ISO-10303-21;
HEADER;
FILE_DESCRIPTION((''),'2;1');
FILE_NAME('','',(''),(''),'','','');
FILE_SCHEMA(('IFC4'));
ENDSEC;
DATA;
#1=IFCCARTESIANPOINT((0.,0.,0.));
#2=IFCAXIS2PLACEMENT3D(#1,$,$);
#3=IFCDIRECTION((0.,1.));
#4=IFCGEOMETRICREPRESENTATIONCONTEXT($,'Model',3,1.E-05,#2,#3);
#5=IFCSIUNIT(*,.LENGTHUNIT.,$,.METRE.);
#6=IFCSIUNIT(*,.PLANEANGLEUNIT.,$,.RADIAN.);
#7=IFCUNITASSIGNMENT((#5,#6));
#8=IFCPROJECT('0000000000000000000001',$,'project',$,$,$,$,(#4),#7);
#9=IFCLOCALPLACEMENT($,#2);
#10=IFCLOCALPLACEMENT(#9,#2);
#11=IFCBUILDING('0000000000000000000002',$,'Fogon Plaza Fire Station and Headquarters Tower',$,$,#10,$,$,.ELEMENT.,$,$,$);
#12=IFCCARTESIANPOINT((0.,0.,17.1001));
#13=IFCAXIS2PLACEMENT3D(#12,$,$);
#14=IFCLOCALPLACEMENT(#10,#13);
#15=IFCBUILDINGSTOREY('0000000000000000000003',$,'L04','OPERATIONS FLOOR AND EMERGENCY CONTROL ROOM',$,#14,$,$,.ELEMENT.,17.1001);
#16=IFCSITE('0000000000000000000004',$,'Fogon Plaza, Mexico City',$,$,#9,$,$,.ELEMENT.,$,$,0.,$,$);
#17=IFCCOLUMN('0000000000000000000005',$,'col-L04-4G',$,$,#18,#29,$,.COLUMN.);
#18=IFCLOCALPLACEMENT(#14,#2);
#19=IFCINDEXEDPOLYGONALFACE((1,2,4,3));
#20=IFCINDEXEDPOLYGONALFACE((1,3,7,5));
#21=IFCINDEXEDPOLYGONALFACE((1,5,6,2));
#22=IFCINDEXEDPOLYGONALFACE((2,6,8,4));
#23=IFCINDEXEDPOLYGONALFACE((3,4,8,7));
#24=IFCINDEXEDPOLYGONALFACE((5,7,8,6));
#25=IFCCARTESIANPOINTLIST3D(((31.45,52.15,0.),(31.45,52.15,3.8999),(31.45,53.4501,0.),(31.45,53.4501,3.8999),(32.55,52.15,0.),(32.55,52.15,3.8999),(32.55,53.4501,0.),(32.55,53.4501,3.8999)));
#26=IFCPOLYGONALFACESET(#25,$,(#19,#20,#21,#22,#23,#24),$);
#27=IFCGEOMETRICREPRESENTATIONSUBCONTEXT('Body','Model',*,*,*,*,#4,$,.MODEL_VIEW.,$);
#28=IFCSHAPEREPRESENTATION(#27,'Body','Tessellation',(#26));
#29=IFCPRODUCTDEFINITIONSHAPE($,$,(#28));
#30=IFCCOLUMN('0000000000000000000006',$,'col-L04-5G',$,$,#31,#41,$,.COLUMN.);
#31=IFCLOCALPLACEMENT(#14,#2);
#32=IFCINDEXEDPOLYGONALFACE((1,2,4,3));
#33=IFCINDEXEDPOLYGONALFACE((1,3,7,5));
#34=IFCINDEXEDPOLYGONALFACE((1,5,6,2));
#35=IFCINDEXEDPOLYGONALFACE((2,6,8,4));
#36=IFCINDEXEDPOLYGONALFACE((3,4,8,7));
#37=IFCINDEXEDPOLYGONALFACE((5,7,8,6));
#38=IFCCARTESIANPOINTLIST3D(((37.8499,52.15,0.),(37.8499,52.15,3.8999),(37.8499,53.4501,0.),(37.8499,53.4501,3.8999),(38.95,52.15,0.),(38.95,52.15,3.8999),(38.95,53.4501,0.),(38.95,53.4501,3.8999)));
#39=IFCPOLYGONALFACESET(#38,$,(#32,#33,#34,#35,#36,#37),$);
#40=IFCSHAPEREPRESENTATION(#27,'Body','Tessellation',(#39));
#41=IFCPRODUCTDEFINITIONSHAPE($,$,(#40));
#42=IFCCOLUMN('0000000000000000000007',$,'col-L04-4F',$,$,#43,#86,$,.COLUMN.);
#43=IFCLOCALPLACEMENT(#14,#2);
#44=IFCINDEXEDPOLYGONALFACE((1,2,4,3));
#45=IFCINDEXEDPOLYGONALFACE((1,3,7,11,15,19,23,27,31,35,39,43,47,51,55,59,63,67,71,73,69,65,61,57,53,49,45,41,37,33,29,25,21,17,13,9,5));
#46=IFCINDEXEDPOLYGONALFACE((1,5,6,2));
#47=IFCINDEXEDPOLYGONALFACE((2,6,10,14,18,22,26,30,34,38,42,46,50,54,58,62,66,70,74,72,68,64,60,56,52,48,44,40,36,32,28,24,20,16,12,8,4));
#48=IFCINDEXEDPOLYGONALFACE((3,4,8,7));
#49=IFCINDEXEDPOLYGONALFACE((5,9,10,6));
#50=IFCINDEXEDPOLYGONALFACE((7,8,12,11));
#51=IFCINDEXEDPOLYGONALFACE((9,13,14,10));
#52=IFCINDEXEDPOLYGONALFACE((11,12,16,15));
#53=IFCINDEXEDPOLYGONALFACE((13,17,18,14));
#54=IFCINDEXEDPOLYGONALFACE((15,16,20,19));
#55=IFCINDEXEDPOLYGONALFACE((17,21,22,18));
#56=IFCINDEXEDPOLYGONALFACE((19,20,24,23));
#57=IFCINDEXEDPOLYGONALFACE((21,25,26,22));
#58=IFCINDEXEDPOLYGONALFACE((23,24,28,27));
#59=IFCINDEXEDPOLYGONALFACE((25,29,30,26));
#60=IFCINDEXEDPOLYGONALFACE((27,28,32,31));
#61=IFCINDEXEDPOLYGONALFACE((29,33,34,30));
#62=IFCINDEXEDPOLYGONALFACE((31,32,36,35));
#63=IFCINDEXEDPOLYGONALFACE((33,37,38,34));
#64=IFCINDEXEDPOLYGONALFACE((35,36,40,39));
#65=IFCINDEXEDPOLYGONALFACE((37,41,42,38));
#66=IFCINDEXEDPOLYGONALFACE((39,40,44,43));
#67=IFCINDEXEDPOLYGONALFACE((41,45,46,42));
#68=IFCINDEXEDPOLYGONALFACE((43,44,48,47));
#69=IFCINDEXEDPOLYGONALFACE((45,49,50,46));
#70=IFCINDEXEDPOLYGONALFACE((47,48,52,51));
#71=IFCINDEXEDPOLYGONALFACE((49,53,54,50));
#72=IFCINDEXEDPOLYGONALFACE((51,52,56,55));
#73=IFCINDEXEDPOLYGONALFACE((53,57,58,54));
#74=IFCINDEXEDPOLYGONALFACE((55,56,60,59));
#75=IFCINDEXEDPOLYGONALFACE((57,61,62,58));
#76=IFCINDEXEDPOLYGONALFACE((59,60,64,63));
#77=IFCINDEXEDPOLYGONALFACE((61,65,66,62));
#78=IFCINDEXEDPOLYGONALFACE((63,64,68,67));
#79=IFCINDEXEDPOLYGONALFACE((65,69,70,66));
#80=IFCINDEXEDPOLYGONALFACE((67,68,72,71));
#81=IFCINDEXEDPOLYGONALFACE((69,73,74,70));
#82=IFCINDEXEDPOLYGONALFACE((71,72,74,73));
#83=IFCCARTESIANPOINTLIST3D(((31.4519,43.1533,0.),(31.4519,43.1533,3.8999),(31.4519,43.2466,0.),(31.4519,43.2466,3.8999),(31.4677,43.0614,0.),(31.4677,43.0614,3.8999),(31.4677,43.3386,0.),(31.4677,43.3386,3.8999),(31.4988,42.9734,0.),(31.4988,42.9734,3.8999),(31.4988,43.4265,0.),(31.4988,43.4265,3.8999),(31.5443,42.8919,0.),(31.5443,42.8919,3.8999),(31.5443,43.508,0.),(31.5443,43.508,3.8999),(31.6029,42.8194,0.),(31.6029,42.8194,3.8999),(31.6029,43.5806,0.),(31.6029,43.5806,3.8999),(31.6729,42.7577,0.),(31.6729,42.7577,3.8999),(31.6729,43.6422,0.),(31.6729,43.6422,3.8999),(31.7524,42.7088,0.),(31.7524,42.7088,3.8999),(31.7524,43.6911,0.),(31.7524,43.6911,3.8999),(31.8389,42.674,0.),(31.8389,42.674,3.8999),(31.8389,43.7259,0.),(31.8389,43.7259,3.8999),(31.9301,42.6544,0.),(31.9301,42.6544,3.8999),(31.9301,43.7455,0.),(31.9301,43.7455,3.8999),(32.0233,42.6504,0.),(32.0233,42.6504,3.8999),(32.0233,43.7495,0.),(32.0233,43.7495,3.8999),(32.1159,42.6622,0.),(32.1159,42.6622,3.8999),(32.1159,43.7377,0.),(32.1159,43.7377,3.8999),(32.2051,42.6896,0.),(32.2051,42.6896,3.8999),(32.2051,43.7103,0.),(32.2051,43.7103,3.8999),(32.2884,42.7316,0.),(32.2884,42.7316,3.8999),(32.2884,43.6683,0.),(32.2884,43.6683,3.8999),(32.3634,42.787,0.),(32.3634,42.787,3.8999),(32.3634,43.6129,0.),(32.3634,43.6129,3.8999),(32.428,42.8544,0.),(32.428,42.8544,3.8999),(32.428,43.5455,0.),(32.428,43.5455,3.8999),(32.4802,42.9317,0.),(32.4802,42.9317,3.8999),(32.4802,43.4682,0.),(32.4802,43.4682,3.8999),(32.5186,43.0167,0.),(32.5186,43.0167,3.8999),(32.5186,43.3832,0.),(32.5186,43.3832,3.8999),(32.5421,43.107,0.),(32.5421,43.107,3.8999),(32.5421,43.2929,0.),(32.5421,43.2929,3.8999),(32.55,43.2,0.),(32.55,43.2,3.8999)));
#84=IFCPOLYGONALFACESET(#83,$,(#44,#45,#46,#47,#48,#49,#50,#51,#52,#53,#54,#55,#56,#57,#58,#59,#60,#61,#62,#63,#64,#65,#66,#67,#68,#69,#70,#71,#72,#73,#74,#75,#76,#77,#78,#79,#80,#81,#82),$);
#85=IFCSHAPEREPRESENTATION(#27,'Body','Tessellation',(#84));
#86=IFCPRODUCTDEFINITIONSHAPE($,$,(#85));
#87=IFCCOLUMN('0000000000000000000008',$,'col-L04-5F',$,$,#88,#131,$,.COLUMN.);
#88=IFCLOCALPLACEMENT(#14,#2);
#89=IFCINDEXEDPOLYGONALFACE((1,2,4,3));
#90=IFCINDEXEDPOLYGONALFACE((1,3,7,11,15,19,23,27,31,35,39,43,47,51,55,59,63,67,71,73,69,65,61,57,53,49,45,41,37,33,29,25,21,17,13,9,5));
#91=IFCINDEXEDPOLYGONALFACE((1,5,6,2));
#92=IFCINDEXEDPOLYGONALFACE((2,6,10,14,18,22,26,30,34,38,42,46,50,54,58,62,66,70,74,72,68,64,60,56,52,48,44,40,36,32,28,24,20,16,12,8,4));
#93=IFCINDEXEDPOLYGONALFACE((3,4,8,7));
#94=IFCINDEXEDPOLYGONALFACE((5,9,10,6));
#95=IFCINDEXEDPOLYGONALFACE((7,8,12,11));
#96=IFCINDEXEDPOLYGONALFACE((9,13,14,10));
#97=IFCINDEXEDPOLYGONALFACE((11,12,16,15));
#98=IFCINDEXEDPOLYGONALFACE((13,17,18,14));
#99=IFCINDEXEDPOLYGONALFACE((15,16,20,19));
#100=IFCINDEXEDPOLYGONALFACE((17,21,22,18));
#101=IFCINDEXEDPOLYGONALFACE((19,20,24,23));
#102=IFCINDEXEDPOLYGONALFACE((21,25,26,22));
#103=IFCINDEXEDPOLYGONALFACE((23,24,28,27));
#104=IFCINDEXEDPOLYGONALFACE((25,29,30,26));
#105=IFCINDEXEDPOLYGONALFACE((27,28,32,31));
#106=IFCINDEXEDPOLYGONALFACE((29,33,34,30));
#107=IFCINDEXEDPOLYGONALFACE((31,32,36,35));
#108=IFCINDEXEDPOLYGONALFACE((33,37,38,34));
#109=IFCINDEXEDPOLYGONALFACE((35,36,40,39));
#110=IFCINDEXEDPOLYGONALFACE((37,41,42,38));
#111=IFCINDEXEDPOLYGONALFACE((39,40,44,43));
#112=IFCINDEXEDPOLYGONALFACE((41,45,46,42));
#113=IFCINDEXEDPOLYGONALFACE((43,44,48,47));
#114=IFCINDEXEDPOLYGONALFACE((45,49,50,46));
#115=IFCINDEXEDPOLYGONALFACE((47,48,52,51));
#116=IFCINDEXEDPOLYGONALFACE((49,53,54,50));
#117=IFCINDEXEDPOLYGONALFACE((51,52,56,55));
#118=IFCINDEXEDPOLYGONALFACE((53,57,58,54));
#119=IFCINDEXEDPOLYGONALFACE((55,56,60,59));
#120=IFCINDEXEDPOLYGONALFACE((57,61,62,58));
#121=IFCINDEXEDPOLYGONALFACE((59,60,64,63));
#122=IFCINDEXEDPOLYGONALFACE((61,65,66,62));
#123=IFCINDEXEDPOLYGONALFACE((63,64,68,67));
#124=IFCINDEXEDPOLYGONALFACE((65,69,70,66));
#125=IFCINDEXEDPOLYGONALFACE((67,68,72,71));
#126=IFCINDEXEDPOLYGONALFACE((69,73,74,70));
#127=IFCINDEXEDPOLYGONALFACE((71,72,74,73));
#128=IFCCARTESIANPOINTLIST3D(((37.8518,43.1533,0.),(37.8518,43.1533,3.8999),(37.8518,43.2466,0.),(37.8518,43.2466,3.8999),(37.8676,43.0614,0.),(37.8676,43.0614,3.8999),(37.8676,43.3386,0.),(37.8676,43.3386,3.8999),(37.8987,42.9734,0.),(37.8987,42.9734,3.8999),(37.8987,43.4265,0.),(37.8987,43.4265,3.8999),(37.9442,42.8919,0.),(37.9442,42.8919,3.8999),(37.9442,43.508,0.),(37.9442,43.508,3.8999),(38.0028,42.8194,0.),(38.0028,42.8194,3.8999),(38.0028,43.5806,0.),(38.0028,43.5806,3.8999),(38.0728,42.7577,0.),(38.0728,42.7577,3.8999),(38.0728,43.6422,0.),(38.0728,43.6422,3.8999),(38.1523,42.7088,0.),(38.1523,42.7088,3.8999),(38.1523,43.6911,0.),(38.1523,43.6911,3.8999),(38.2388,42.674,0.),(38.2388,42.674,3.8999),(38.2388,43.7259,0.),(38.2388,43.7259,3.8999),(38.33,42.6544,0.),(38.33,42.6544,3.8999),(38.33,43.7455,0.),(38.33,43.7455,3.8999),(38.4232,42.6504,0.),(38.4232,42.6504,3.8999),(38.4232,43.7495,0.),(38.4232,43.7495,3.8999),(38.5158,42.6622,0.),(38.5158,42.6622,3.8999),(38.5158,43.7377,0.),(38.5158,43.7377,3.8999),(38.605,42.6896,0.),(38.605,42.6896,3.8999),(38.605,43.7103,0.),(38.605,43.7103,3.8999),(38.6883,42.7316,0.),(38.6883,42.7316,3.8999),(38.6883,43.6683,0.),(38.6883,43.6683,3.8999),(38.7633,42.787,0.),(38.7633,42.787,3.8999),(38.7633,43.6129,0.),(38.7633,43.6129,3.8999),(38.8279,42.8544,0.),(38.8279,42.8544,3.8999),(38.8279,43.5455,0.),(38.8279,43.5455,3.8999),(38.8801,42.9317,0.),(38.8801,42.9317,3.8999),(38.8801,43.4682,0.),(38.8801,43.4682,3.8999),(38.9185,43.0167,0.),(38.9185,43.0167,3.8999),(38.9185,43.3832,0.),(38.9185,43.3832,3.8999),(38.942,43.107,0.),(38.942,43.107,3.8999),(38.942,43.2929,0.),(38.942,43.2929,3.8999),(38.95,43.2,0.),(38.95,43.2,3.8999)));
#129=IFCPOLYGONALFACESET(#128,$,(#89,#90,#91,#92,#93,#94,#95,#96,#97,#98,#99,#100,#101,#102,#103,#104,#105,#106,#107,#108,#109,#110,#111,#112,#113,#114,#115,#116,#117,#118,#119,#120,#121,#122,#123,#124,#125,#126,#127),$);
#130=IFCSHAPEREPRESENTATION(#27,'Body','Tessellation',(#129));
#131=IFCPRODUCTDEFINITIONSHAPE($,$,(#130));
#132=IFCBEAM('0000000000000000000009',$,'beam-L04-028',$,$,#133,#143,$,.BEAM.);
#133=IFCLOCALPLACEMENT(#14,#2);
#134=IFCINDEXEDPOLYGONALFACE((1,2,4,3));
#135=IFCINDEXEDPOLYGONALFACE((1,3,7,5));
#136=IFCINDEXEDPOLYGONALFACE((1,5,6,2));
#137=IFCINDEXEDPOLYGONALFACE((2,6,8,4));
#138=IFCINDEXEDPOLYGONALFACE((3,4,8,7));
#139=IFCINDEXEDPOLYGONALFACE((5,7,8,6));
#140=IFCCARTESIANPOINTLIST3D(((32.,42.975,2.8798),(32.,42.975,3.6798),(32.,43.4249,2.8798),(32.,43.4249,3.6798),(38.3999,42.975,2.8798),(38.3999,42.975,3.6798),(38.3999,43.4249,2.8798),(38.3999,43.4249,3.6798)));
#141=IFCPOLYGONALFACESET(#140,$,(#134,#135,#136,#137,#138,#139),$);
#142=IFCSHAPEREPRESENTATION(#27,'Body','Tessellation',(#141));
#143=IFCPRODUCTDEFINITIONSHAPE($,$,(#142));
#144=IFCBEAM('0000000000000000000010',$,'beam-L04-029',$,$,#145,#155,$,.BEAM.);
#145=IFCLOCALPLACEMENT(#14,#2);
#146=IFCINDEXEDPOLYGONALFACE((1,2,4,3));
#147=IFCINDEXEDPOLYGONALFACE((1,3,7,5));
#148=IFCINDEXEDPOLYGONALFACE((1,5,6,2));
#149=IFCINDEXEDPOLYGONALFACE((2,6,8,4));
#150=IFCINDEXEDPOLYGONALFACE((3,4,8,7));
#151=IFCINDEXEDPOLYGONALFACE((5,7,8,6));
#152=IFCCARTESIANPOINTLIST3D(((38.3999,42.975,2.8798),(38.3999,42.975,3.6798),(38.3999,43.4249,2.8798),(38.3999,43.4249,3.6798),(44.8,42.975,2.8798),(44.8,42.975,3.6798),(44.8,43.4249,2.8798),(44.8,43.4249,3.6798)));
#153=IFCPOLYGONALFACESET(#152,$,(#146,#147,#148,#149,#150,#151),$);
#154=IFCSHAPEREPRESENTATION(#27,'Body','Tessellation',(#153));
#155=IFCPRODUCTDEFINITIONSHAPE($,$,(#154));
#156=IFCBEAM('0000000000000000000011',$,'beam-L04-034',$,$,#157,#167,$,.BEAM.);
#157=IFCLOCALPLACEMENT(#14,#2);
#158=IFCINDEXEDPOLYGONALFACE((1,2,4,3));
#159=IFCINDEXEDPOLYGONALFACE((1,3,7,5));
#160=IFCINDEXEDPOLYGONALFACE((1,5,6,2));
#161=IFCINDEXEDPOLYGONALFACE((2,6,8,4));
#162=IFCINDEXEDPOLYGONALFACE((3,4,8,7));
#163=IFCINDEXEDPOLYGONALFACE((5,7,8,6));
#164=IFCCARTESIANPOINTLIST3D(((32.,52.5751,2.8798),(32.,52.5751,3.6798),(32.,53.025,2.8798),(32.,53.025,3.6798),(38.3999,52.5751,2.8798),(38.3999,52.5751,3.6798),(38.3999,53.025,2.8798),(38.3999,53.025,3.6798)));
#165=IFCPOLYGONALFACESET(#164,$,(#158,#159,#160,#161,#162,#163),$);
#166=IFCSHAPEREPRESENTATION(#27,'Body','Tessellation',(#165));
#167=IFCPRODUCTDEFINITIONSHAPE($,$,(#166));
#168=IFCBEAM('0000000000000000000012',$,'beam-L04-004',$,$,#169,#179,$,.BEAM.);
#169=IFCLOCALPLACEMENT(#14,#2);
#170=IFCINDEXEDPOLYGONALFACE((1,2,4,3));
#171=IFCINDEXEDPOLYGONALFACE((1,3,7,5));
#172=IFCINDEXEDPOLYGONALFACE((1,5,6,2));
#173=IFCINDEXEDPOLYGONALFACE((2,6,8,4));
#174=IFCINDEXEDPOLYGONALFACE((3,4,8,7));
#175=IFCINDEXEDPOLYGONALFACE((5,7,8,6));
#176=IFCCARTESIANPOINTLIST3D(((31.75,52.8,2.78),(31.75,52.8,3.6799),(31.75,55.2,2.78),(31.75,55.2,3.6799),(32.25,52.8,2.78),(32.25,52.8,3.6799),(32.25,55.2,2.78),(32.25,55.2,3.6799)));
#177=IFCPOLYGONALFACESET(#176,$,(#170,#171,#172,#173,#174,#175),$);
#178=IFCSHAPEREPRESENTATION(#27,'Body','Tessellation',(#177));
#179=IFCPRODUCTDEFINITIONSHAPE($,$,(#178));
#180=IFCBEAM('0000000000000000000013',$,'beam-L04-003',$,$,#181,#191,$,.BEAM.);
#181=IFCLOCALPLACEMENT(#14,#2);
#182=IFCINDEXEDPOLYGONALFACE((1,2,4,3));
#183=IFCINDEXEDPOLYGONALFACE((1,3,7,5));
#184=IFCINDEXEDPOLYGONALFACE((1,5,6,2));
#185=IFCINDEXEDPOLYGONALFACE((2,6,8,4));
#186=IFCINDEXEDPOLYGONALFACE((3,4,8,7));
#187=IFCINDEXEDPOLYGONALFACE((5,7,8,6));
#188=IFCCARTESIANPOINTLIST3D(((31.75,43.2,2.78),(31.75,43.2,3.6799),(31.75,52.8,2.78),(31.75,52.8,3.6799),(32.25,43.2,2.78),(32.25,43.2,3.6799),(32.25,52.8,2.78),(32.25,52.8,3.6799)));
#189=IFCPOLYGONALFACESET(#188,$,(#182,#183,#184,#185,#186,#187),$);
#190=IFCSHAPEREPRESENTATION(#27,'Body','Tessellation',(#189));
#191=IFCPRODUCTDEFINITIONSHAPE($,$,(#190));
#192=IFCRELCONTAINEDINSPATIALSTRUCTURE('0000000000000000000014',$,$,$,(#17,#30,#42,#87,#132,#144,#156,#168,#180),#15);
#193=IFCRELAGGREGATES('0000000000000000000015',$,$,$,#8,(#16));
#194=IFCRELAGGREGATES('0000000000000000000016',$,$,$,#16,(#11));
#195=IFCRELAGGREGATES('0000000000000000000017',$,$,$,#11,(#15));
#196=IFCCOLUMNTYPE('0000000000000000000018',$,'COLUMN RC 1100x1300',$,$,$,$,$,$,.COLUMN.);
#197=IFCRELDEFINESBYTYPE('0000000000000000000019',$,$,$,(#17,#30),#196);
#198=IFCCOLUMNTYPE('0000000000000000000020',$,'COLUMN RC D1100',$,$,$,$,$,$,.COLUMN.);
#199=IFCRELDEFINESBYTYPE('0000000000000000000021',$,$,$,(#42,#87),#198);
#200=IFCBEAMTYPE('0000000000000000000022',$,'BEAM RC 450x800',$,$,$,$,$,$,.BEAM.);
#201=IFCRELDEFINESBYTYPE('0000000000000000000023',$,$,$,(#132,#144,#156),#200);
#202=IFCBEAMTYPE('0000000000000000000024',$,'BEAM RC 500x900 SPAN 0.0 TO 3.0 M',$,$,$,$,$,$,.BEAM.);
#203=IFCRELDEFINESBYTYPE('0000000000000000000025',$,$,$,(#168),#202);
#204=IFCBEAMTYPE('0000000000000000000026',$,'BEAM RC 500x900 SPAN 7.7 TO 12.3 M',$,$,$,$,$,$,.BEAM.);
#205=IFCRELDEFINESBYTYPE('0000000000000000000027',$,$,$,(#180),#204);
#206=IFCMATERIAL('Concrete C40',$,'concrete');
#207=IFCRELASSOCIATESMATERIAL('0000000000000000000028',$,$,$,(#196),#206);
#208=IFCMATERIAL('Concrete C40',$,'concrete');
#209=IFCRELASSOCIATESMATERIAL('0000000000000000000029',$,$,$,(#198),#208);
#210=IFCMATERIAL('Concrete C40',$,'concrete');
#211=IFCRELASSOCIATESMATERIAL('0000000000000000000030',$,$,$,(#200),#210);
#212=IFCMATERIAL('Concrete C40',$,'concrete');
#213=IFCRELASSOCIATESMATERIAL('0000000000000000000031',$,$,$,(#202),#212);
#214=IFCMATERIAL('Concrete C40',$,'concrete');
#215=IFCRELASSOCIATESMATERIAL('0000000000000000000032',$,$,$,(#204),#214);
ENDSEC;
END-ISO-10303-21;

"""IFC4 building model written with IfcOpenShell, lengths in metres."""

from ifc_helpers import new_model, si_unit, direction, frame, origin, origin_2d, place, context, subcontext, project, spatial, rectangle, circle, extrude, material, material_profile, profile_set, type_object, element, save


model = new_model("IFC4")

# Units and contexts
model_context = context("Model", 3, precision=1e-05, world=origin(), true_north=direction((0.0, 1.0)))
body_context = subcontext(model_context, "Body", "Model", "MODEL_VIEW")
ifc_project = project(units=[si_unit("LENGTHUNIT", "METRE"), si_unit("PLANEANGLEUNIT", "RADIAN")], contexts=[model_context])

# Site, building, storey
site_placement = place(None, origin())
site = spatial("IfcSite", under=ifc_project, at=site_placement, Name="Fogon Plaza, Mexico City", CompositionType="ELEMENT", RefElevation=0.0)
building_placement = place(site_placement, origin())
building = spatial("IfcBuilding", under=site, at=building_placement, Name="Fogon Plaza Fire Station and Headquarters Tower", CompositionType="ELEMENT")
storey_placement = place(building_placement, frame((0.0, 0.0, 17.1001)))
storey = spatial("IfcBuildingStorey", under=building, at=storey_placement, Name="L04", Description="OPERATIONS FLOOR AND EMERGENCY CONTROL ROOM", CompositionType="ELEMENT", Elevation=17.1001)

# Columns
ifc_material_1 = material(Name="Concrete C40", Category="concrete")
ifc_material_profile_1 = material_profile(ifc_material_1, rectangle(XDim=1.1001, YDim=1.3, at=origin_2d()), Name="RC 1100x1300")
ifc_profile_set_1 = profile_set([ifc_material_profile_1], Name="Concrete C40")
column_type_1 = type_object("IfcColumnType", Name="COLUMN RC 1100x1300", PredefinedType="COLUMN", material=ifc_profile_set_1)
for number, where, z_axis, x_axis, name in (
    (1, (32.0, 52.8, 0.0), (0.0, 0.0, 1.0), (1.0, 0.0, 0.0), "col-L04-4G"),
    (2, (38.3999, 52.8, 0.0), (0.0, 0.0, 1.0), (1.0, 0.0, 0.0), "col-L04-5G"),
):
    element("IfcColumn", number, at=place(storey_placement, frame(where, z_axis=z_axis, x_axis=x_axis)), inside=storey, type_object=column_type_1, Name=name, PredefinedType="COLUMN", context=body_context, shape_type="SweptSolid", body=[
        extrude(rectangle(XDim=1.1001, YDim=1.3, at=origin_2d()), origin(), (0.0, 0.0, 1.0), 3.8999),
    ])
ifc_material_2 = material(Name="Concrete C40", Category="concrete")
ifc_material_profile_2 = material_profile(ifc_material_2, circle(Radius=0.55, at=origin_2d()), Name="RC D1100")
ifc_profile_set_2 = profile_set([ifc_material_profile_2], Name="Concrete C40")
column_type_2 = type_object("IfcColumnType", Name="COLUMN RC D1100", PredefinedType="COLUMN", material=ifc_profile_set_2)
for number, where, z_axis, x_axis, name in (
    (3, (32.0, 43.2, 0.0), (0.0, 0.0, 1.0), (1.0, 0.0, 0.0), "col-L04-4F"),
    (4, (38.3999, 43.2, 0.0), (0.0, 0.0, 1.0), (1.0, 0.0, 0.0), "col-L04-5F"),
):
    element("IfcColumn", number, at=place(storey_placement, frame(where, z_axis=z_axis, x_axis=x_axis)), inside=storey, type_object=column_type_2, Name=name, PredefinedType="COLUMN", context=body_context, shape_type="SweptSolid", body=[
        extrude(circle(Radius=0.55, at=origin_2d()), origin(), (0.0, 0.0, 1.0), 3.8999),
    ])

# Beams
ifc_material_3 = material(Name="Concrete C40", Category="concrete")
ifc_material_profile_3 = material_profile(ifc_material_3, rectangle(XDim=0.45, YDim=0.8, at=origin_2d()), Name="RC 450x800")
ifc_profile_set_3 = profile_set([ifc_material_profile_3], Name="Concrete C40")
beam_type_1 = type_object("IfcBeamType", Name="BEAM RC 450x800", PredefinedType="BEAM", material=ifc_profile_set_3)
beam_1_placement = place(storey_placement, frame((32.0, 43.2, 3.2798), z_axis=(1.0, 0.0, 0.0), x_axis=(0.0, 1.0, 0.0)))
element("IfcBeam", 5, at=beam_1_placement, inside=storey, type_object=beam_type_1, Name="beam-L04-028", PredefinedType="BEAM", context=body_context, shape_type="SweptSolid", body=[
    extrude(rectangle(XDim=0.45, YDim=0.8, at=origin_2d()), origin(), (0.0, 0.0, 1.0), 6.3999),
])
beam_2_placement = place(storey_placement, frame((38.3999, 43.2, 3.2798), z_axis=(1.0, 0.0, 0.0), x_axis=(0.0, 1.0, 0.0)))
element("IfcBeam", 6, at=beam_2_placement, inside=storey, type_object=beam_type_1, Name="beam-L04-029", PredefinedType="BEAM", context=body_context, shape_type="SweptSolid", body=[
    extrude(rectangle(XDim=0.45, YDim=0.8, at=origin_2d()), origin(), (0.0, 0.0, 1.0), 6.4001),
])
beam_3_placement = place(storey_placement, frame((32.0, 52.8, 3.2798), z_axis=(1.0, 0.0, 0.0), x_axis=(0.0, 1.0, 0.0)))
element("IfcBeam", 7, at=beam_3_placement, inside=storey, type_object=beam_type_1, Name="beam-L04-034", PredefinedType="BEAM", context=body_context, shape_type="SweptSolid", body=[
    extrude(rectangle(XDim=0.45, YDim=0.8, at=origin_2d()), origin(), (0.0, 0.0, 1.0), 6.3999),
])
ifc_material_4 = material(Name="Concrete C40", Category="concrete")
ifc_material_profile_4 = material_profile(ifc_material_4, rectangle(XDim=0.5, YDim=0.8999, at=origin_2d()), Name="RC 500x900")
ifc_profile_set_4 = profile_set([ifc_material_profile_4], Name="Concrete C40")
beam_type_2 = type_object("IfcBeamType", Name="BEAM RC 500x900 SPAN 0.0 TO 3.0 M", PredefinedType="BEAM", material=ifc_profile_set_4)
beam_4_placement = place(storey_placement, frame((32.0, 52.8, 3.23), z_axis=(0.0, 1.0, 0.0), x_axis=(-1.0, 0.0, 0.0)))
element("IfcBeam", 8, at=beam_4_placement, inside=storey, type_object=beam_type_2, Name="beam-L04-004", PredefinedType="BEAM", context=body_context, shape_type="SweptSolid", body=[
    extrude(rectangle(XDim=0.5, YDim=0.8999, at=origin_2d()), origin(), (0.0, 0.0, 1.0), 2.3999),
])
ifc_material_5 = material(Name="Concrete C40", Category="concrete")
ifc_material_profile_5 = material_profile(ifc_material_5, rectangle(XDim=0.5, YDim=0.8999, at=origin_2d()), Name="RC 500x900")
ifc_profile_set_5 = profile_set([ifc_material_profile_5], Name="Concrete C40")
beam_type_3 = type_object("IfcBeamType", Name="BEAM RC 500x900 SPAN 7.7 TO 12.3 M", PredefinedType="BEAM", material=ifc_profile_set_5)
for number, where, z_axis, x_axis, name in (
    (9, (32.0, 43.2, 3.23), (0.0, 1.0, 0.0), (-1.0, 0.0, 0.0), "beam-L04-003"),
):
    element("IfcBeam", number, at=place(storey_placement, frame(where, z_axis=z_axis, x_axis=x_axis)), inside=storey, type_object=beam_type_3, Name=name, PredefinedType="BEAM", context=body_context, shape_type="SweptSolid", body=[
        extrude(rectangle(XDim=0.5, YDim=0.8999, at=origin_2d()), origin(), (0.0, 0.0, 1.0), 9.6001),
    ])

save(model, "model.ifc")
